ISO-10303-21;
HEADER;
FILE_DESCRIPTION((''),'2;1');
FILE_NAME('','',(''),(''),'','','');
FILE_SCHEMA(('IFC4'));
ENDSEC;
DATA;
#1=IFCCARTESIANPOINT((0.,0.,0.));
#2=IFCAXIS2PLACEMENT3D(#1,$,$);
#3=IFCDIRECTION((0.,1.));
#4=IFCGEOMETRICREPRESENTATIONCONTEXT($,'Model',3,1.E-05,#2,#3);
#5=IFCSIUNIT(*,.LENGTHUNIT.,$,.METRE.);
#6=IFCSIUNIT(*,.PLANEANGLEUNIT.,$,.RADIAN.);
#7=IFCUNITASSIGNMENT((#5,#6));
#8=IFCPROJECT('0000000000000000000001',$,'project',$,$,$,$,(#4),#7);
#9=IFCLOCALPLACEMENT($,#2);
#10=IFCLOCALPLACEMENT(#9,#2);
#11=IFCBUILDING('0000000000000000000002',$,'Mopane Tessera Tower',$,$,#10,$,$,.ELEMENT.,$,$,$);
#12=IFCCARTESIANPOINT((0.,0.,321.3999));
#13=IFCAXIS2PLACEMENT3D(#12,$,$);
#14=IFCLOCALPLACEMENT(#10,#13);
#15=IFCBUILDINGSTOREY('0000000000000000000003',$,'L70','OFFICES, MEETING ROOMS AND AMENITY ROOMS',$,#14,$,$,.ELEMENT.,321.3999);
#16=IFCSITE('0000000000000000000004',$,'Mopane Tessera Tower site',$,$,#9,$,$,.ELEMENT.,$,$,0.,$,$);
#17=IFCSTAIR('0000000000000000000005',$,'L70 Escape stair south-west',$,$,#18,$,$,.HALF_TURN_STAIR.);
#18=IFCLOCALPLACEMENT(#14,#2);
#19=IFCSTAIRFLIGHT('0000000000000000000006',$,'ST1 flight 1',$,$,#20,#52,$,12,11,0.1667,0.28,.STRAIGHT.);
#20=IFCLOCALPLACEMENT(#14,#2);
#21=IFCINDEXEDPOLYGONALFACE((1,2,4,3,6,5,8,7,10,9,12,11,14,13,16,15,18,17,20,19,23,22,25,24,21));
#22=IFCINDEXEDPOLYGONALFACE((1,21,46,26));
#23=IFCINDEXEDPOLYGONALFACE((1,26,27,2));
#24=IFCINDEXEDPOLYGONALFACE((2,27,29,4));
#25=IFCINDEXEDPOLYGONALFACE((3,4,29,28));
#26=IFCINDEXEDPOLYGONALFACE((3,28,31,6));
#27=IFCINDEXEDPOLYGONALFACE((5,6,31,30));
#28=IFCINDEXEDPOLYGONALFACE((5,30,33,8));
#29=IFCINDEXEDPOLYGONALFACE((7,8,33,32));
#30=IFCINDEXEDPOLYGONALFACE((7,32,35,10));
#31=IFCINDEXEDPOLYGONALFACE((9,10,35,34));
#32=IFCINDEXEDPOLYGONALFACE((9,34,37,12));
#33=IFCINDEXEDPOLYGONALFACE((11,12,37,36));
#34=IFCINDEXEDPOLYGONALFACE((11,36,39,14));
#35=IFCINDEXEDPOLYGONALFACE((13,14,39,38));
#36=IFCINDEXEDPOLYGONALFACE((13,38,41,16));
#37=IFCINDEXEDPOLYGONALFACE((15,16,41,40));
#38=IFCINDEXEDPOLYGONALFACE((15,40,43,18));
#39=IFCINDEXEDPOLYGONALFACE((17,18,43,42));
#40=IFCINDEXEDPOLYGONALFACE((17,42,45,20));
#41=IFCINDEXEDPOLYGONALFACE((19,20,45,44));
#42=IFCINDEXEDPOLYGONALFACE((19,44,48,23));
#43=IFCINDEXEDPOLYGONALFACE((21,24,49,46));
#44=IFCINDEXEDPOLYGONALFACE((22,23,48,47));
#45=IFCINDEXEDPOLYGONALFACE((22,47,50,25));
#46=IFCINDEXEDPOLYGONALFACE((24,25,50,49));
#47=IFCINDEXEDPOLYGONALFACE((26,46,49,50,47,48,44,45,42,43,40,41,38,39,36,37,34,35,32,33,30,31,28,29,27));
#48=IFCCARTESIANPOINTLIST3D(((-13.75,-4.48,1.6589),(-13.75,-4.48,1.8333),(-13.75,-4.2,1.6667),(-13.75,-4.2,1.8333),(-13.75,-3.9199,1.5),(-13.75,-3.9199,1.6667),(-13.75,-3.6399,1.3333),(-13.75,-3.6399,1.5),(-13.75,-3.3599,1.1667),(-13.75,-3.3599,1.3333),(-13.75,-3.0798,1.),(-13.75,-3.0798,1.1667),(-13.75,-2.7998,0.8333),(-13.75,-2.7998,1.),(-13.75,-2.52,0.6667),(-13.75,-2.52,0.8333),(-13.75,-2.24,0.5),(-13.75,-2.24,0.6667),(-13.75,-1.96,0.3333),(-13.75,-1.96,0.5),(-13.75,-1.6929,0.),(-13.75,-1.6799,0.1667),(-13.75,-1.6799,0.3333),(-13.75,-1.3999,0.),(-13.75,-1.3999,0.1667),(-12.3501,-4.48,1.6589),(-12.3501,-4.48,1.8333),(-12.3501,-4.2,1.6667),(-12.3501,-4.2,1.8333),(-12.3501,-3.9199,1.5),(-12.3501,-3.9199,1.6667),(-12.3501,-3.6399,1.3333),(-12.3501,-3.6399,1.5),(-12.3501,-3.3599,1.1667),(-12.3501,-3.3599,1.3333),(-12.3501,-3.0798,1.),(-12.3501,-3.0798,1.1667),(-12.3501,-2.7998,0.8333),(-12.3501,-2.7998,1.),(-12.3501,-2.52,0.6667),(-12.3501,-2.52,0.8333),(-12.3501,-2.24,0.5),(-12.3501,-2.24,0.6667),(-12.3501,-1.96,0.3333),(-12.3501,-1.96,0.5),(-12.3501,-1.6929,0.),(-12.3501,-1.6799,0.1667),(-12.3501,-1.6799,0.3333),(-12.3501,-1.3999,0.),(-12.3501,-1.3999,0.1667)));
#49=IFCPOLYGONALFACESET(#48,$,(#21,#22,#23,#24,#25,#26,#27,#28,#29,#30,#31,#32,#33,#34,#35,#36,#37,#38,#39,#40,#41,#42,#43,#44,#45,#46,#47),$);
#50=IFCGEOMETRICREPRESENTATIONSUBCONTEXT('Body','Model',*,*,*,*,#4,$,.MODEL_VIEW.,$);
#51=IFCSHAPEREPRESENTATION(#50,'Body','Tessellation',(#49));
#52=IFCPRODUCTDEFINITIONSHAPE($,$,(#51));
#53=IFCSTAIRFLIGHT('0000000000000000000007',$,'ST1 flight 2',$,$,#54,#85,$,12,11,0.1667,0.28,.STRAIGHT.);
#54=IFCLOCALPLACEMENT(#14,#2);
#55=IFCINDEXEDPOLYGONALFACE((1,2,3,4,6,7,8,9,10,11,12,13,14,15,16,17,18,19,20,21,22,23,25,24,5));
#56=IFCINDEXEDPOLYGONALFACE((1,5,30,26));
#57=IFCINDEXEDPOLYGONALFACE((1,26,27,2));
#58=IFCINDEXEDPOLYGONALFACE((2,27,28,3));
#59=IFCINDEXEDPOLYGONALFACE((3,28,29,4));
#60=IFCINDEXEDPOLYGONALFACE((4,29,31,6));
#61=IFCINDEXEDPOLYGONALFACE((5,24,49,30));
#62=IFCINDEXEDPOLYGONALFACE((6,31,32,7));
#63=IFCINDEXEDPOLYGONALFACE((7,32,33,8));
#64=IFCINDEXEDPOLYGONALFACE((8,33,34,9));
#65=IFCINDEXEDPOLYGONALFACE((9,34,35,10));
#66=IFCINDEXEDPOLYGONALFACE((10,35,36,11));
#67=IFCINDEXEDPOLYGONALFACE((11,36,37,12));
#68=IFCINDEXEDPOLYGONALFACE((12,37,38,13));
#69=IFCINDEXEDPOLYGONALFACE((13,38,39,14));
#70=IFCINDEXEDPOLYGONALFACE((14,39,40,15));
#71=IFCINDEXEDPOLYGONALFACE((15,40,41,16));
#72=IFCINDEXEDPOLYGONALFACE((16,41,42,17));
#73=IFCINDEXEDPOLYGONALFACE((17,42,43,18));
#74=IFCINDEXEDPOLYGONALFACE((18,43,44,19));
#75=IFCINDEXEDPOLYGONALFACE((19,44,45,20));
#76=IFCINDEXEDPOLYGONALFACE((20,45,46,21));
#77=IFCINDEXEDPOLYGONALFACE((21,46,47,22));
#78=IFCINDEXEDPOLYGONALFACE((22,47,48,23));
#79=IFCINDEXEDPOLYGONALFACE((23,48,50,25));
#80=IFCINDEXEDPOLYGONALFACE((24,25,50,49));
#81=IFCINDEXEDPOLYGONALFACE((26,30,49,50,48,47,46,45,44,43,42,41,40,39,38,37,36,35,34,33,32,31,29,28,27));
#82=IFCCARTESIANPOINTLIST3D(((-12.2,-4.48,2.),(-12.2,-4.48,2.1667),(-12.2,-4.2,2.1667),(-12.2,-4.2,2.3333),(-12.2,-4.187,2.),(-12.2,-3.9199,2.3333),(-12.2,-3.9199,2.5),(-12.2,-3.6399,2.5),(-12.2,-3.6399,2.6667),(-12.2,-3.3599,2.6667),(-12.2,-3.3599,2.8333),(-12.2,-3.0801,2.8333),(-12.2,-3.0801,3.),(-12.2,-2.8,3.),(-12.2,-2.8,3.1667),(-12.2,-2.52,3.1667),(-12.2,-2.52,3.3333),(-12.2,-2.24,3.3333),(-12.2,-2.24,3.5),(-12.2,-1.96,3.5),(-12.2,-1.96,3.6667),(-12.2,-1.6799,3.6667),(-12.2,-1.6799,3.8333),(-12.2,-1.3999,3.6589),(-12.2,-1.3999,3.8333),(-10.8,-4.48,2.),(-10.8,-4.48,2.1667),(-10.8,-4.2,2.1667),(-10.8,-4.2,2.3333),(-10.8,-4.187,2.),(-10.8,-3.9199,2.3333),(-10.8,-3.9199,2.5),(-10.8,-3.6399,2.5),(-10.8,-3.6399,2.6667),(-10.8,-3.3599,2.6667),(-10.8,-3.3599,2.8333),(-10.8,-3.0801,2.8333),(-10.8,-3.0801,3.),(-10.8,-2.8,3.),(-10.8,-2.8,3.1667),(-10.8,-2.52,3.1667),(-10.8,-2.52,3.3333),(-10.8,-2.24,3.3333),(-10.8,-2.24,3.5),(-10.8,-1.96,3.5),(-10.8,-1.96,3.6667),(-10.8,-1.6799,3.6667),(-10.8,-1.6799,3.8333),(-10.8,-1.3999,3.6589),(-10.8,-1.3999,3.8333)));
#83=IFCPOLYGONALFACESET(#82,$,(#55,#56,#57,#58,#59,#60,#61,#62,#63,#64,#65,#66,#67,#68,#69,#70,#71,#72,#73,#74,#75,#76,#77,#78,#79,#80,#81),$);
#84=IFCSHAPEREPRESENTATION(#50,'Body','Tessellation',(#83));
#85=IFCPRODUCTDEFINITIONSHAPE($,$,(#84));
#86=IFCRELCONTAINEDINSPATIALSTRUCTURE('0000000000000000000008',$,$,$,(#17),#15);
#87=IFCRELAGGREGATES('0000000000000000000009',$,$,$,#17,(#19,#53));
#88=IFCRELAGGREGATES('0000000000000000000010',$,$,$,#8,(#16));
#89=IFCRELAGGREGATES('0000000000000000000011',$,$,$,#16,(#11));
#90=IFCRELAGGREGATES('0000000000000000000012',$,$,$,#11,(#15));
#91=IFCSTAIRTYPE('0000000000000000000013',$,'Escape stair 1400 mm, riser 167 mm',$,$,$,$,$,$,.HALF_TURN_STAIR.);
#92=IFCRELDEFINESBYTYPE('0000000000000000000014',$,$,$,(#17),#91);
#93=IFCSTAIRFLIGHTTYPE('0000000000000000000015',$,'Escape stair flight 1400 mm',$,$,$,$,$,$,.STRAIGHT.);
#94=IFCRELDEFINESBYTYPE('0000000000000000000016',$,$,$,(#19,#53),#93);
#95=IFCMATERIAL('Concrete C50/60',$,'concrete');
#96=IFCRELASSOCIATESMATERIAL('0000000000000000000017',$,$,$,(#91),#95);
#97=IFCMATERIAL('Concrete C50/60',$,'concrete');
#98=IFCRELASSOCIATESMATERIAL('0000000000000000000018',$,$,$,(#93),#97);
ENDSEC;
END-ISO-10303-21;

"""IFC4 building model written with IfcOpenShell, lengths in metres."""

from ifc_helpers import new_model, si_unit, direction, frame, origin, place, context, subcontext, project, spatial, polyline, outline, extrude, material, type_object, element, aggregate, save


model = new_model("IFC4")

# Units and contexts
model_context = context("Model", 3, precision=1e-05, world=origin(), true_north=direction((0.0, 1.0)))
body_context = subcontext(model_context, "Body", "Model", "MODEL_VIEW")
ifc_project = project(units=[si_unit("LENGTHUNIT", "METRE"), si_unit("PLANEANGLEUNIT", "RADIAN")], contexts=[model_context])

# Site, building, storey
site_placement = place(None, origin())
site = spatial("IfcSite", under=ifc_project, at=site_placement, Name="Mopane Tessera Tower site", CompositionType="ELEMENT", RefElevation=0.0)
building_placement = place(site_placement, origin())
building = spatial("IfcBuilding", under=site, at=building_placement, Name="Mopane Tessera Tower", CompositionType="ELEMENT")
storey_placement = place(building_placement, frame((0.0, 0.0, 321.3999)))
storey = spatial("IfcBuildingStorey", under=building, at=storey_placement, Name="L70", Description="OFFICES, MEETING ROOMS AND AMENITY ROOMS", CompositionType="ELEMENT", Elevation=321.3999)

# Stair, stair flights
ifc_material_1 = material(Name="Concrete C50/60", Category="concrete")
stair_type = type_object("IfcStairType", Name="Escape stair 1400 mm, riser 167 mm", PredefinedType="HALF_TURN_STAIR", material=ifc_material_1)
stair_placement = place(storey_placement, origin())
stair = element("IfcStair", 1, at=stair_placement, inside=storey, type_object=stair_type, Name="L70 Escape stair south-west", PredefinedType="HALF_TURN_STAIR")
ifc_material_2 = material(Name="Concrete C50/60", Category="concrete")
stair_flight_type = type_object("IfcStairFlightType", Name="Escape stair flight 1400 mm", PredefinedType="STRAIGHT", material=ifc_material_2)
stair_flight_1_placement = place(storey_placement, frame((-13.05, -1.3999, 0.0), z_axis=(0.0, 0.0, 1.0), x_axis=(0.0, -1.0, 0.0)))
stair_flight_1 = element("IfcStairFlight", 2, at=stair_flight_1_placement, type_object=stair_flight_type, Name="ST1 flight 1", NumberOfRisers=12, NumberOfTreads=11, PredefinedType="STRAIGHT", RiserHeight=0.1667, TreadLength=0.28, context=body_context, shape_type="SweptSolid", body=[
    extrude(outline(polyline([(0.0, 0.0), (0.0, 0.1667), (0.28, 0.1667), (0.28, 0.3333), (0.5601, 0.3333), (0.5601, 0.5), (0.8401, 0.5), (0.8401, 0.6667), (1.1201, 0.6667), (1.1201, 0.8333), (1.3999, 0.8333), (1.3999, 1.0), (1.6799, 1.0), (1.6799, 1.1667), (1.96, 1.1667), (1.96, 1.3333), (2.24, 1.3333), (2.24, 1.5), (2.52, 1.5), (2.52, 1.6667), (2.8, 1.6667), (2.8, 1.8333), (3.0801, 1.8333), (3.0801, 2.0), (3.0801, 1.6589), (0.293, 0.0), (0.0, 0.0)])), frame((0.0, 0.7, 0.0), z_axis=(0.0, -1.0, 0.0), x_axis=(1.0, 0.0, 0.0)), (0.0, 0.0, 1.0), 1.3999),
])
stair_flight_2_placement = place(storey_placement, frame((-11.5, -4.48, 2.0), z_axis=(0.0, 0.0, 1.0), x_axis=(0.0, 1.0, 0.0)))
stair_flight_2 = element("IfcStairFlight", 3, at=stair_flight_2_placement, type_object=stair_flight_type, Name="ST1 flight 2", NumberOfRisers=12, NumberOfTreads=11, PredefinedType="STRAIGHT", RiserHeight=0.1667, TreadLength=0.28, context=body_context, shape_type="SweptSolid", body=[
    extrude(outline(polyline([(0.0, 0.0), (0.0, 0.1667), (0.28, 0.1667), (0.28, 0.3333), (0.5601, 0.3333), (0.5601, 0.5), (0.8401, 0.5), (0.8401, 0.6667), (1.1201, 0.6667), (1.1201, 0.8333), (1.3999, 0.8333), (1.3999, 1.0), (1.6799, 1.0), (1.6799, 1.1667), (1.96, 1.1667), (1.96, 1.3333), (2.24, 1.3333), (2.24, 1.5), (2.52, 1.5), (2.52, 1.6667), (2.8, 1.6667), (2.8, 1.8333), (3.0801, 1.8333), (3.0801, 2.0), (3.0801, 1.6589), (0.293, 0.0), (0.0, 0.0)])), frame((0.0, 0.7, 0.0), z_axis=(0.0, -1.0, 0.0), x_axis=(1.0, 0.0, 0.0)), (0.0, 0.0, 1.0), 1.3999),
])
aggregate(stair, [stair_flight_1, stair_flight_2])

save(model, "model.ifc")
